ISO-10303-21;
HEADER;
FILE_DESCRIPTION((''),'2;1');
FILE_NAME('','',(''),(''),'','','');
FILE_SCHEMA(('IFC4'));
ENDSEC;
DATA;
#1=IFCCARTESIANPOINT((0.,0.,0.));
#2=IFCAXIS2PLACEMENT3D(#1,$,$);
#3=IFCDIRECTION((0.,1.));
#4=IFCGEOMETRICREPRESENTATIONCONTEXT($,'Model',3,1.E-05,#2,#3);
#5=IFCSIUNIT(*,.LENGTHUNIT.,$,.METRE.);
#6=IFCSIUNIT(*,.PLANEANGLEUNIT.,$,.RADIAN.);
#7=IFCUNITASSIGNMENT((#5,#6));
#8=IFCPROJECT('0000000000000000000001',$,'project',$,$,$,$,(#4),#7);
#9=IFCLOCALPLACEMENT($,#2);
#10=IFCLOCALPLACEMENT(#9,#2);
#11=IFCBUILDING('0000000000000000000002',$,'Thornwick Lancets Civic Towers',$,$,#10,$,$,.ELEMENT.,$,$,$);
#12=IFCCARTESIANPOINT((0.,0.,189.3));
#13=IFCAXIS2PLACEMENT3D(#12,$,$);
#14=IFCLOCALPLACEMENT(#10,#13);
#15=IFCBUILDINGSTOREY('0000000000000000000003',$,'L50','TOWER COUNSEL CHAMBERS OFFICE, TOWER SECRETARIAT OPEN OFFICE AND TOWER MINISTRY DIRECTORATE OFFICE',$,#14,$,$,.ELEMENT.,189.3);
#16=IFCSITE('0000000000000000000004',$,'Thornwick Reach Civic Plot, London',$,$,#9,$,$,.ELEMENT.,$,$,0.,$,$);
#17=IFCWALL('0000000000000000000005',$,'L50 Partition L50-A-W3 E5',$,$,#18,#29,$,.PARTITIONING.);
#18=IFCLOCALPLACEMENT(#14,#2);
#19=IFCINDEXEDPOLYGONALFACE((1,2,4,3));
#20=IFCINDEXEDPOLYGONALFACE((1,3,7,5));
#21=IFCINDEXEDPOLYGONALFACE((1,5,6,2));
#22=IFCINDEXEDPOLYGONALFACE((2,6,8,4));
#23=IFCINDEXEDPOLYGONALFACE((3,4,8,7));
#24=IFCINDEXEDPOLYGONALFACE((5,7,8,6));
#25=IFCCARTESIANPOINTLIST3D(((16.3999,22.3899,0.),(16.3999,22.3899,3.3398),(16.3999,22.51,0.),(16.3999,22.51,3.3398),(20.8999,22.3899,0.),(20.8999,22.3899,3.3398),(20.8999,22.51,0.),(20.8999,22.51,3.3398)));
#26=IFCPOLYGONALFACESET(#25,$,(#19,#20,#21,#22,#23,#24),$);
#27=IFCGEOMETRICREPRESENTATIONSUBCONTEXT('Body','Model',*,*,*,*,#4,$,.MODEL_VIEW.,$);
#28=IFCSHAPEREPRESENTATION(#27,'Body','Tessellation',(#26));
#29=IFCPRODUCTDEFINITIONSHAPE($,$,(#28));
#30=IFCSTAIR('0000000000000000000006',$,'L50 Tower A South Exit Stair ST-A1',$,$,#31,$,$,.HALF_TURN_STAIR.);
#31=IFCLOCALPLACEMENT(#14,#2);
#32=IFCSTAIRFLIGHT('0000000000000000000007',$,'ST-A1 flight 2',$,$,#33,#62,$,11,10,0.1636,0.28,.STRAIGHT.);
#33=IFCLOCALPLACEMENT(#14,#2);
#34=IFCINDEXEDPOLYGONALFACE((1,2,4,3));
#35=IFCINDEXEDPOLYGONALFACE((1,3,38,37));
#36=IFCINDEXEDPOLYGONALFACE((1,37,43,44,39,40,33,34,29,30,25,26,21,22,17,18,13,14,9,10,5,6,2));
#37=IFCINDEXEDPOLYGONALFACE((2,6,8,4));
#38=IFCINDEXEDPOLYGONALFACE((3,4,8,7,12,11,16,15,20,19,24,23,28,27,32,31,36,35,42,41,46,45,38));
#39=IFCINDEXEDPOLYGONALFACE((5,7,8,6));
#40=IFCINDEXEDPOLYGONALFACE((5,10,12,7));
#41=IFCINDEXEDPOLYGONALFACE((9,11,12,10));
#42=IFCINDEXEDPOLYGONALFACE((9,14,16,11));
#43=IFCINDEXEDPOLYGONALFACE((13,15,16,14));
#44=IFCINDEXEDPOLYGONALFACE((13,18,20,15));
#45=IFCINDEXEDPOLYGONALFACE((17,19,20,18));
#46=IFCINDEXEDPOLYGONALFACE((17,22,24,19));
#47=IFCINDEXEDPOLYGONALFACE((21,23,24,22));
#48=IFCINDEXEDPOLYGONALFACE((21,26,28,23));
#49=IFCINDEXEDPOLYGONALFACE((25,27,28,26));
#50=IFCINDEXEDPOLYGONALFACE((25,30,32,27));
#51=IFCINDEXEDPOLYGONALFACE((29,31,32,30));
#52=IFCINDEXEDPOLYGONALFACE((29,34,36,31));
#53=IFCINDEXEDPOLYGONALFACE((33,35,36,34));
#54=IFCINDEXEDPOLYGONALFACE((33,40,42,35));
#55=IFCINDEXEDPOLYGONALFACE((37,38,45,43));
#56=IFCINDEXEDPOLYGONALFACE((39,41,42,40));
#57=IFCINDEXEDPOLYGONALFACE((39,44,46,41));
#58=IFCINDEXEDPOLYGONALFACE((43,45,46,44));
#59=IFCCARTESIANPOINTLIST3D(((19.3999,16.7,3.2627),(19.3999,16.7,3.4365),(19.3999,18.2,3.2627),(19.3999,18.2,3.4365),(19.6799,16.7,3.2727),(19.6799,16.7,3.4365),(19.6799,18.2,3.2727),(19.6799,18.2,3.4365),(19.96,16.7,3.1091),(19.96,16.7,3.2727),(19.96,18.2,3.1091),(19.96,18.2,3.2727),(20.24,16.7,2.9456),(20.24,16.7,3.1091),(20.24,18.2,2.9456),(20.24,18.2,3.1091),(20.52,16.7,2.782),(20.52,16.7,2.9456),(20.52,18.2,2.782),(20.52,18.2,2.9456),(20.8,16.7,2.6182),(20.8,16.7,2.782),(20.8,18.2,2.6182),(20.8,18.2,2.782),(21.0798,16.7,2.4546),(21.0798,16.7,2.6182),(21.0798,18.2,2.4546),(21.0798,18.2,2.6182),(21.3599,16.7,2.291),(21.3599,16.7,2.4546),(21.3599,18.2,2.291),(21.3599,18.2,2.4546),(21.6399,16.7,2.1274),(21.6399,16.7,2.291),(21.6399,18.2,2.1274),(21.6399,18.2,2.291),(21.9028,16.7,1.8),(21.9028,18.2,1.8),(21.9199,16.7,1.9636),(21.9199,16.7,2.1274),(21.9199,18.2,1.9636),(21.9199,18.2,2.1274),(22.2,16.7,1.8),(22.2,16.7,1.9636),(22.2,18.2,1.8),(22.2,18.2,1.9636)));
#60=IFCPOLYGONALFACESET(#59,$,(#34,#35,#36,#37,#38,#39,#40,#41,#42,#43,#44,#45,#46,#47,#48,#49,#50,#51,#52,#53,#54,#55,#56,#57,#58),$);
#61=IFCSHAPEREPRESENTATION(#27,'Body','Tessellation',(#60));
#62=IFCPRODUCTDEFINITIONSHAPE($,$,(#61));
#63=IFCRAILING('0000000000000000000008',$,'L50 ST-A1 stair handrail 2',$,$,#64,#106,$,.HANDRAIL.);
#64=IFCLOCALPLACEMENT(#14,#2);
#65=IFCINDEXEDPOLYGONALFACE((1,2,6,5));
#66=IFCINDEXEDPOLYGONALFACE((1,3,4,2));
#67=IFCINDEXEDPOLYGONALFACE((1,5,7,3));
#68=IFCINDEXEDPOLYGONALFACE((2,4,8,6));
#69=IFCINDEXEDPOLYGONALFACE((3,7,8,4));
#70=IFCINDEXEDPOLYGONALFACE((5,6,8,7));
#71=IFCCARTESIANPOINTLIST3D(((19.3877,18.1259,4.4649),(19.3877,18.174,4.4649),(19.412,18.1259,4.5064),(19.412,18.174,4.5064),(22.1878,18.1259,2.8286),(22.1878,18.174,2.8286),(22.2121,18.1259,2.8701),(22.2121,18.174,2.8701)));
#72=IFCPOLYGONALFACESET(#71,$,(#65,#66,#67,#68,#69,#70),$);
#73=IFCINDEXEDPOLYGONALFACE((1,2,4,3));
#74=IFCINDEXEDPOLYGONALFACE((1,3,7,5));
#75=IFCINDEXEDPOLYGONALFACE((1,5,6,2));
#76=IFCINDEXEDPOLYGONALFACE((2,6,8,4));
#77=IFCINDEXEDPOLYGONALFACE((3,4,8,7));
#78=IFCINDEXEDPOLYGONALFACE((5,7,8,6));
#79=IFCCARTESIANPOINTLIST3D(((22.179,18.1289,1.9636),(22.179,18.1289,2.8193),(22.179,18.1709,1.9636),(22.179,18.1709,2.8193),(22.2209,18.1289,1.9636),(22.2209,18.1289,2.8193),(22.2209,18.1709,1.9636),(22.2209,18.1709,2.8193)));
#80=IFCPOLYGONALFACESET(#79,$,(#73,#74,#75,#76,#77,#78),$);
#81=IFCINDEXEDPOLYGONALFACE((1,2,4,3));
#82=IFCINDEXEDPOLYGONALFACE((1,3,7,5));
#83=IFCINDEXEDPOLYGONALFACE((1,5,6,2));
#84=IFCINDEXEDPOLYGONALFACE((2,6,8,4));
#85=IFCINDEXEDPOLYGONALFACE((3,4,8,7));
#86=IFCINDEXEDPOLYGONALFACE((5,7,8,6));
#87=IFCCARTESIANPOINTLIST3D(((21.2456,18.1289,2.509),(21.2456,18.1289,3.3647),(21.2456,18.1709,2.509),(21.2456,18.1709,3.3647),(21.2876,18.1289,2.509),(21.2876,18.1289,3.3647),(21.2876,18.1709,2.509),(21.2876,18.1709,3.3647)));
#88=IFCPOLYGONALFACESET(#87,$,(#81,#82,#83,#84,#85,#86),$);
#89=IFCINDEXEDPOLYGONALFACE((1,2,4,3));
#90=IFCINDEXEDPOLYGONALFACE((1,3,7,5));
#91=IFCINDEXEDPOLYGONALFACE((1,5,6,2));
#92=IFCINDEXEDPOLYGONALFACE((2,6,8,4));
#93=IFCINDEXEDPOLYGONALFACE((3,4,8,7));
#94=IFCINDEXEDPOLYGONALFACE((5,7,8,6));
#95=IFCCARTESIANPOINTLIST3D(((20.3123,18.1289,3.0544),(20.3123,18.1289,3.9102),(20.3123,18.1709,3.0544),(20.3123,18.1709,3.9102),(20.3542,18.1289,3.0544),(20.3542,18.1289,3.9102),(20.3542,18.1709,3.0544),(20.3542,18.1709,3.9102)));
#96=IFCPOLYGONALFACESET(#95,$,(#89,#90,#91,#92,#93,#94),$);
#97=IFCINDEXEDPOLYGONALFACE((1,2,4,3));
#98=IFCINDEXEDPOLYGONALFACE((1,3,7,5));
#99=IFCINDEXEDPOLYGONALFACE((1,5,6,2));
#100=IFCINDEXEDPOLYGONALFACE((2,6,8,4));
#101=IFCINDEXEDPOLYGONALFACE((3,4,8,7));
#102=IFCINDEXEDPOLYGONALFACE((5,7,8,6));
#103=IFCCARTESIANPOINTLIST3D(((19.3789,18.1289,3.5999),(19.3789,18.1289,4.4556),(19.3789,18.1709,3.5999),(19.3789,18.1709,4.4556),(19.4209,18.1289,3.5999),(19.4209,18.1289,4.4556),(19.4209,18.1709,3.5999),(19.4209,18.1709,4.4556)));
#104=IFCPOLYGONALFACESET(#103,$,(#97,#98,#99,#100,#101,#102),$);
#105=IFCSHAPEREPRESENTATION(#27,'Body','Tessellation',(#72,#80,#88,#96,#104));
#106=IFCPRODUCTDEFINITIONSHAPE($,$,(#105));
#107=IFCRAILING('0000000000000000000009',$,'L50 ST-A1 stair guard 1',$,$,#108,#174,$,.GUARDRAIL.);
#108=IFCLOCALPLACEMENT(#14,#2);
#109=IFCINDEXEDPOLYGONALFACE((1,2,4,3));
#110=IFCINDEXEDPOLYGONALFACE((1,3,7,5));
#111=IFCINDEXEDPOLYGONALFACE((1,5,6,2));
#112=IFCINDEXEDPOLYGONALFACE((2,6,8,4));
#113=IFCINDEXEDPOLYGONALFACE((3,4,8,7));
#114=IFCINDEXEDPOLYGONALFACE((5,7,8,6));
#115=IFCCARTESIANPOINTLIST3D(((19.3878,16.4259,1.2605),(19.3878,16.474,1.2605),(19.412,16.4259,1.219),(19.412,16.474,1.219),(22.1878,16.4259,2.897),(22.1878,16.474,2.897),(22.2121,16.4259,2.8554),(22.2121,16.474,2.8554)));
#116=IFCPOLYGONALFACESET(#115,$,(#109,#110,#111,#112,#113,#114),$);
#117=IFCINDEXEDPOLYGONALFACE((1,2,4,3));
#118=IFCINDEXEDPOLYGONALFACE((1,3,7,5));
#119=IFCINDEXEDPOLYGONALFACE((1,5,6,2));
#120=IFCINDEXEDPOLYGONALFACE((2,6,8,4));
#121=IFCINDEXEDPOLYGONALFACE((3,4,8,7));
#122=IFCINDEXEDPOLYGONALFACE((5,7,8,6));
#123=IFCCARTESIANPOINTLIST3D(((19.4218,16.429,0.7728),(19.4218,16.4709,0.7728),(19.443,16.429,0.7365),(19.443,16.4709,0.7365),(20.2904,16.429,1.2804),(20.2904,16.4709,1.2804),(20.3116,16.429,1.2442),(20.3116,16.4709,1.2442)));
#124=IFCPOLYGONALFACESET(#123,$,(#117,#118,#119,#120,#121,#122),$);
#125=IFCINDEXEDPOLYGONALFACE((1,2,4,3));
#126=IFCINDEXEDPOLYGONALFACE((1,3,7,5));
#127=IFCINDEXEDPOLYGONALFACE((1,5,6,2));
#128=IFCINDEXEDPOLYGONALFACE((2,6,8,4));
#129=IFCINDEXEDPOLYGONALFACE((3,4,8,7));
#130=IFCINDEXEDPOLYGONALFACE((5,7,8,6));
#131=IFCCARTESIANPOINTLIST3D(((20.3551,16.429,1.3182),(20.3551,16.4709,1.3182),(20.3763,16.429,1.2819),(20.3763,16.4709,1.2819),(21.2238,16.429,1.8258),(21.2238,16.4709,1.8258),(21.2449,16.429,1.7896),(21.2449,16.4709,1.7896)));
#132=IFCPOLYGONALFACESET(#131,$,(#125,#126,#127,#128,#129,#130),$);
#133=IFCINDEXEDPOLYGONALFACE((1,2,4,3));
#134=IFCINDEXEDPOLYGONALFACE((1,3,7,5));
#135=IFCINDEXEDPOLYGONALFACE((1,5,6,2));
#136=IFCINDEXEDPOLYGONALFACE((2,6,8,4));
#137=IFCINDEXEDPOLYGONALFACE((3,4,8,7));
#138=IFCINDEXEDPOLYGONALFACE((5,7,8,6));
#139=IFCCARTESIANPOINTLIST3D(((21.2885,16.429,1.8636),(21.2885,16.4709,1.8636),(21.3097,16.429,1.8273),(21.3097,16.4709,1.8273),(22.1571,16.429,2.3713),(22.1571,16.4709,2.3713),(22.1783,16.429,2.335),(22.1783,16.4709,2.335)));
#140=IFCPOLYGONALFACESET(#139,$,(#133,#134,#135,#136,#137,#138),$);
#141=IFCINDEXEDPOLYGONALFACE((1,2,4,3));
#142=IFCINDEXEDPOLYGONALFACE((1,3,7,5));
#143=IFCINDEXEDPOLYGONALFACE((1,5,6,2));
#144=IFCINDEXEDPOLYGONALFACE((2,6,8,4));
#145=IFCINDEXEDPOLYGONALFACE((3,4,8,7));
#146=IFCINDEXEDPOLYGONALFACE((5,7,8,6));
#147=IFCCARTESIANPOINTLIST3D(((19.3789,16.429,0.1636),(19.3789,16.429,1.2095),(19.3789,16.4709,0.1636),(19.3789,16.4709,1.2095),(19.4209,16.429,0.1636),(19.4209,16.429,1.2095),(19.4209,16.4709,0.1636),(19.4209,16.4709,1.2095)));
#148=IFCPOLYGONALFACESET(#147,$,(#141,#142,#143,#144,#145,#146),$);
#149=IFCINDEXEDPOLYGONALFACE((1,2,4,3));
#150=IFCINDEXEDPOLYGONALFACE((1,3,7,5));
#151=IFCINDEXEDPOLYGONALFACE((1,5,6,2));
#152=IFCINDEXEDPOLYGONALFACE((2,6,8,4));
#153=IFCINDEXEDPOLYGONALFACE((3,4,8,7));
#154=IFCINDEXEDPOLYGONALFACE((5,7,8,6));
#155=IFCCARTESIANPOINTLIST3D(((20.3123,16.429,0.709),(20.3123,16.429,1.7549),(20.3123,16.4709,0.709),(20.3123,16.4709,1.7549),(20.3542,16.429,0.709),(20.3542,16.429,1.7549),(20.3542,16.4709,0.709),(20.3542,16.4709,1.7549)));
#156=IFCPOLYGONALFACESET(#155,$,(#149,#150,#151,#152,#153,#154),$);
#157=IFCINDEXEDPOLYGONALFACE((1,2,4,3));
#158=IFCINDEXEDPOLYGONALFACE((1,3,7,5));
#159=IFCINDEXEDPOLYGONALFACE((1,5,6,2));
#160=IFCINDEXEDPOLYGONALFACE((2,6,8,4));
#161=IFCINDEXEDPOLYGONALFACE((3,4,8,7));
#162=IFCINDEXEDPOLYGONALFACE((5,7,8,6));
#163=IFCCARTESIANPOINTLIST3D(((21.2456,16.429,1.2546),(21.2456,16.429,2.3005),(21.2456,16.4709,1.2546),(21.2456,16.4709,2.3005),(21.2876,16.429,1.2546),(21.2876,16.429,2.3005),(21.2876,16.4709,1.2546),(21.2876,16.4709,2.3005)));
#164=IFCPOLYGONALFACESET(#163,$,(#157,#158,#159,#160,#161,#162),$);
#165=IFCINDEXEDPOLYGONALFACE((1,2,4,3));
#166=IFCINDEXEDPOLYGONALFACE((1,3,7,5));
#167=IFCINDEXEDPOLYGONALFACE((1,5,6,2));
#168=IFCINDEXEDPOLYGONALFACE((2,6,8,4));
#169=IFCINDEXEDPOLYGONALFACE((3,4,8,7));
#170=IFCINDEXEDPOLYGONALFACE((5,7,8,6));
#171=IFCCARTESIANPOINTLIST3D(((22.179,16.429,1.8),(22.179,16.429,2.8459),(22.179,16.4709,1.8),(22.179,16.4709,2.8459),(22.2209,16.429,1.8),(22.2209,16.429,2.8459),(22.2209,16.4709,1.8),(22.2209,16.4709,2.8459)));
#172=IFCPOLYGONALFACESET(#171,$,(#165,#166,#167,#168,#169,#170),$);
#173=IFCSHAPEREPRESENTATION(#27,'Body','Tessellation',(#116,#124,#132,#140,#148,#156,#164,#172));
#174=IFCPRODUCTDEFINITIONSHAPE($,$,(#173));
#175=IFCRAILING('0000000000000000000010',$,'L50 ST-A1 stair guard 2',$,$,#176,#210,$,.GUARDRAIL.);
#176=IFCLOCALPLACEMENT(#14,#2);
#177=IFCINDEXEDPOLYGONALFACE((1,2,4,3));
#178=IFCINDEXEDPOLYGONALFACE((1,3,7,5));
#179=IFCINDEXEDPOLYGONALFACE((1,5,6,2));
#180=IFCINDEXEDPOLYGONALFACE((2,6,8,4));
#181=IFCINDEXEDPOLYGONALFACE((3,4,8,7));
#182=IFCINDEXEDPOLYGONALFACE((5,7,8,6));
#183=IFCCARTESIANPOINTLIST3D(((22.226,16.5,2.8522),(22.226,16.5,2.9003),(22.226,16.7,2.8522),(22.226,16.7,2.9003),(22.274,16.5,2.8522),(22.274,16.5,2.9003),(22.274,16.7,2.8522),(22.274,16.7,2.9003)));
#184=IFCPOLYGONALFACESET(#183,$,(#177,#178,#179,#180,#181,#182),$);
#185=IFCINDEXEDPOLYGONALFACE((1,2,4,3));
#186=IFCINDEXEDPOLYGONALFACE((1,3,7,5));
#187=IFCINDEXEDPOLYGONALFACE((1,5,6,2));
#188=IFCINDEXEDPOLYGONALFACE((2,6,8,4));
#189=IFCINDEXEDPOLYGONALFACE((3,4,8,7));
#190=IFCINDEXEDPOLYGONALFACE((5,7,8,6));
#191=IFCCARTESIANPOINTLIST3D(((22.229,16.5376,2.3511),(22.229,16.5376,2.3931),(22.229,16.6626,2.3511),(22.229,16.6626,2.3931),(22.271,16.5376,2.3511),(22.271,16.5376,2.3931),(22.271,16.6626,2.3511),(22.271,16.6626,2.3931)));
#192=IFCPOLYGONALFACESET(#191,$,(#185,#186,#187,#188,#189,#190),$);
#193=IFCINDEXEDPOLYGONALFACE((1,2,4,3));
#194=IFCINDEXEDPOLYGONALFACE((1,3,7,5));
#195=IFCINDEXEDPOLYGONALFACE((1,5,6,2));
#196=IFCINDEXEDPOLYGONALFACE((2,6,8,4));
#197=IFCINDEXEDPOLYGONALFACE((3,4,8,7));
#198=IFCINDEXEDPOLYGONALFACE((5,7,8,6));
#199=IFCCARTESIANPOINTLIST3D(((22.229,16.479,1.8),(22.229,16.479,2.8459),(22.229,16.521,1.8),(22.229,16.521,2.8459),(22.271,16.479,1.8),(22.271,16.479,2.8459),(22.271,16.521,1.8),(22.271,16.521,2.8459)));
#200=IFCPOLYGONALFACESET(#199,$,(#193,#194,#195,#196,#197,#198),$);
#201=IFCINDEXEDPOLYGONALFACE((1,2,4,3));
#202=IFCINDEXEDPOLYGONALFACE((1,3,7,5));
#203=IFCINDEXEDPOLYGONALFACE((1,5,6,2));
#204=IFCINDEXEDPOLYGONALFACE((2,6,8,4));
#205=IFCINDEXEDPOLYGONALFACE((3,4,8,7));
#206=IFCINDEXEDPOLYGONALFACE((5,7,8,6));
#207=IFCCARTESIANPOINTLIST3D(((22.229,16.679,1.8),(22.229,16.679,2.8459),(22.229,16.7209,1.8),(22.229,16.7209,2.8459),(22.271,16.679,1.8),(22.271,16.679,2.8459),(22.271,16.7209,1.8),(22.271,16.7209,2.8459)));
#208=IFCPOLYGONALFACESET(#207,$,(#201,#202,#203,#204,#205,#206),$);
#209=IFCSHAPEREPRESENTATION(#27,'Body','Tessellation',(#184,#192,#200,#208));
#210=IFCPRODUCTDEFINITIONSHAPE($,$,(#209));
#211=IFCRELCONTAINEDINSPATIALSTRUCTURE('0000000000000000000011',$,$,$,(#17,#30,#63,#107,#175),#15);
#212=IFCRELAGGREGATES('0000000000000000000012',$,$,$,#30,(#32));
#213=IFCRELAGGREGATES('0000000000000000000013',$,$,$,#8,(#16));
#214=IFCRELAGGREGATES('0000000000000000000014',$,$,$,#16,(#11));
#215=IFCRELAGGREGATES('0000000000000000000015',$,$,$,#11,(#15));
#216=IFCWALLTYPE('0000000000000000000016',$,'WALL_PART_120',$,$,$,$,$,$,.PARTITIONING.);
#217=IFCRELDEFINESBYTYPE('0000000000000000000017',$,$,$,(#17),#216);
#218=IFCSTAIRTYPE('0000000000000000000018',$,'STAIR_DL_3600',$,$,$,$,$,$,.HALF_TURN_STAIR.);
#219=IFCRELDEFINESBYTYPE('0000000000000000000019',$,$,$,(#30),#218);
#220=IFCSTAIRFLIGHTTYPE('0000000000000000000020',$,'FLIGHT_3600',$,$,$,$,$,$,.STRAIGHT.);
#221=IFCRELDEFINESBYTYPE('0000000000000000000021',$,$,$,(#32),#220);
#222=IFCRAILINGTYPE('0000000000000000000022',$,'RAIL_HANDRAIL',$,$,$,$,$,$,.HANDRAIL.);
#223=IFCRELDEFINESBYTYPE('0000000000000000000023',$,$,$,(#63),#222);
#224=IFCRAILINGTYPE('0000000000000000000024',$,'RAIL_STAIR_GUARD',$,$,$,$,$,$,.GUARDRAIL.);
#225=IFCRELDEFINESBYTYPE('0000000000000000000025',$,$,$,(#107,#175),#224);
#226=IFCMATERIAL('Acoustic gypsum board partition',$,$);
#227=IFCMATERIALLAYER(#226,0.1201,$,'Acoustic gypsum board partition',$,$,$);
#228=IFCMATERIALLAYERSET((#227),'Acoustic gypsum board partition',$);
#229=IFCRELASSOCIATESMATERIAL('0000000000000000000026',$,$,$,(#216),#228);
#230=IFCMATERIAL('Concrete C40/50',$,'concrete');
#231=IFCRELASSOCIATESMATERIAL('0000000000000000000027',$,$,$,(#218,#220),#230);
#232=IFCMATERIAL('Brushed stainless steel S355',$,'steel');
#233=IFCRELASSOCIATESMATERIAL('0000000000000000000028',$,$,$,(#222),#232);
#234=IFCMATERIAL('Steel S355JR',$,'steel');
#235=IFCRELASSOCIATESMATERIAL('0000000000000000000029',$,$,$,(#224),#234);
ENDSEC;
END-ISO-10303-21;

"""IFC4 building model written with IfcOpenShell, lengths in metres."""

from ifc_helpers import new_model, si_unit, direction, frame, frame_2d, origin, origin_2d, place, context, subcontext, project, spatial, polyline, rectangle, outline, extrude, material, layer, layer_set, type_object, element, aggregate, save


model = new_model("IFC4")

# Units and contexts
model_context = context("Model", 3, precision=1e-05, world=origin(), true_north=direction((0.0, 1.0)))
body_context = subcontext(model_context, "Body", "Model", "MODEL_VIEW")
ifc_project = project(units=[si_unit("LENGTHUNIT", "METRE"), si_unit("PLANEANGLEUNIT", "RADIAN")], contexts=[model_context])

# Site, building, storey
site_placement = place(None, origin())
site = spatial("IfcSite", under=ifc_project, at=site_placement, Name="Thornwick Reach Civic Plot, London", CompositionType="ELEMENT", RefElevation=0.0)
building_placement = place(site_placement, origin())
building = spatial("IfcBuilding", under=site, at=building_placement, Name="Thornwick Lancets Civic Towers", CompositionType="ELEMENT")
storey_placement = place(building_placement, frame((0.0, 0.0, 189.3)))
storey = spatial("IfcBuildingStorey", under=building, at=storey_placement, Name="L50", Description="TOWER COUNSEL CHAMBERS OFFICE, TOWER SECRETARIAT OPEN OFFICE AND TOWER MINISTRY DIRECTORATE OFFICE", CompositionType="ELEMENT", Elevation=189.3)

# Shared definitions
ifc_material_1 = material(Name="Steel S355JR", Category="steel")

# Shared definitions
ifc_material_2 = material(Name="Acoustic gypsum board partition")
ifc_layer_1 = layer(ifc_material_2, 0.1201, Name="Acoustic gypsum board partition")
ifc_layer_set_1 = layer_set([ifc_layer_1], Name="Acoustic gypsum board partition")
wall_type_1 = type_object("IfcWallType", Name="WALL_PART_120", PredefinedType="PARTITIONING", material=ifc_layer_set_1)

# Wall
wall_1_placement = place(storey_placement, frame((20.8999, 22.45, 0.0), z_axis=(0.0, 0.0, 1.0), x_axis=(-1.0, 0.0, 0.0)))
element("IfcWall", 1, at=wall_1_placement, inside=storey, type_object=wall_type_1, Name="L50 Partition L50-A-W3 E5", PredefinedType="PARTITIONING", context=body_context, shape_type="SweptSolid", body=[
    extrude(rectangle(XDim=4.5, YDim=0.1201, at=frame_2d((2.25, 0.0))), origin(), (0.0, 0.0, 1.0), 3.3398),
])

# Stair, stair flight
ifc_material_3 = material(Name="Concrete C40/50", Category="concrete")
stair_type = type_object("IfcStairType", Name="STAIR_DL_3600", PredefinedType="HALF_TURN_STAIR", material=ifc_material_3)
stair_placement = place(storey_placement, origin())
stair = element("IfcStair", 2, at=stair_placement, inside=storey, type_object=stair_type, Name="L50 Tower A South Exit Stair ST-A1", PredefinedType="HALF_TURN_STAIR")
stair_flight_type = type_object("IfcStairFlightType", Name="FLIGHT_3600", PredefinedType="STRAIGHT", material=ifc_material_3)
stair_flight_placement = place(storey_placement, frame((22.2, 17.45, 1.8), z_axis=(0.0, 0.0, 1.0), x_axis=(-1.0, 0.0, 0.0)))
stair_flight = element("IfcStairFlight", 3, at=stair_flight_placement, type_object=stair_flight_type, Name="ST-A1 flight 2", NumberOfRisers=11, NumberOfTreads=10, PredefinedType="STRAIGHT", RiserHeight=0.1636, TreadLength=0.28, context=body_context, shape_type="SweptSolid", body=[
    extrude(outline(polyline([(0.0, 0.0), (0.0, 0.1636), (0.28, 0.1636), (0.28, 0.3274), (0.5601, 0.3274), (0.5601, 0.491), (0.8401, 0.491), (0.8401, 0.6545), (1.1201, 0.6545), (1.1201, 0.8181), (1.3999, 0.8181), (1.3999, 0.9819), (1.6799, 0.9819), (1.6799, 1.1455), (1.96, 1.1455), (1.96, 1.3091), (2.24, 1.3091), (2.24, 1.4727), (2.52, 1.4727), (2.52, 1.6365), (2.8, 1.6365), (2.8, 1.8), (2.8, 1.4626), (0.2971, 0.0), (0.0, 0.0)])), frame((0.0, 0.75, 0.0), z_axis=(0.0, -1.0, 0.0), x_axis=(1.0, 0.0, 0.0)), (0.0, 0.0, 1.0), 1.5),
])
aggregate(stair, [stair_flight])

# Railings
ifc_material_4 = material(Name="Brushed stainless steel S355", Category="steel")
railing_type_1 = type_object("IfcRailingType", Name="RAIL_HANDRAIL", PredefinedType="HANDRAIL", material=ifc_material_4)
railing_1_placement = place(storey_placement, frame((22.2, 18.1499, 1.9636)))
element("IfcRailing", 4, at=railing_1_placement, inside=storey, type_object=railing_type_1, Name="L50 ST-A1 stair handrail 2", PredefinedType="HANDRAIL", context=body_context, shape_type="SweptSolid", body=[
    extrude(rectangle(XDim=0.0481, YDim=0.0481, at=origin_2d()), frame((0.0, 0.0, 0.8857), z_axis=(-0.863394, 0.0, 0.504531), x_axis=(0.0, -1.0, 0.0)), (0.0, 0.0, 1.0), 3.2432),
    extrude(rectangle(XDim=0.042, YDim=0.042, at=origin_2d()), origin(), (0.0, 0.0, 1.0), 0.8557),
    extrude(rectangle(XDim=0.042, YDim=0.042, at=origin_2d()), frame((-0.9333, 0.0, 0.5454)), (0.0, 0.0, 1.0), 0.8557),
    extrude(rectangle(XDim=0.042, YDim=0.042, at=origin_2d()), frame((-1.8667, 0.0, 1.0908)), (0.0, 0.0, 1.0), 0.8557),
    extrude(rectangle(XDim=0.042, YDim=0.042, at=origin_2d()), frame((-2.8, 0.0, 1.6362)), (0.0, 0.0, 1.0), 0.8557),
])
railing_type_2 = type_object("IfcRailingType", Name="RAIL_STAIR_GUARD", PredefinedType="GUARDRAIL", material=ifc_material_1)
railing_2_placement = place(storey_placement, frame((19.3999, 16.45, 0.1636)))
element("IfcRailing", 5, at=railing_2_placement, inside=storey, type_object=railing_type_2, Name="L50 ST-A1 stair guard 1", PredefinedType="GUARDRAIL", context=body_context, shape_type="SweptSolid", body=[
    extrude(rectangle(XDim=0.0481, YDim=0.0481, at=origin_2d()), frame((0.0, 0.0, 1.0762), z_axis=(0.863361, 0.0, 0.504587), x_axis=(0.0, 1.0, 0.0)), (0.0, 0.0, 1.0), 3.2432),
    extrude(rectangle(XDim=0.042, YDim=0.042, at=origin_2d()), frame((0.0325, 0.0, 0.5911), z_axis=(0.863361, 0.0, 0.504587), x_axis=(0.0, 1.0, 0.0)), (0.0, 0.0, 1.0), 1.0061),
    extrude(rectangle(XDim=0.042, YDim=0.042, at=origin_2d()), frame((0.9658, 0.0, 1.1365), z_axis=(0.863361, 0.0, 0.504587), x_axis=(0.0, 1.0, 0.0)), (0.0, 0.0, 1.0), 1.0061),
    extrude(rectangle(XDim=0.042, YDim=0.042, at=origin_2d()), frame((1.8992, 0.0, 1.6819), z_axis=(0.863361, 0.0, 0.504587), x_axis=(0.0, 1.0, 0.0)), (0.0, 0.0, 1.0), 1.0061),
    extrude(rectangle(XDim=0.042, YDim=0.042, at=origin_2d()), origin(), (0.0, 0.0, 1.0), 1.0459),
    extrude(rectangle(XDim=0.042, YDim=0.042, at=origin_2d()), frame((0.9333, 0.0, 0.5454)), (0.0, 0.0, 1.0), 1.0459),
    extrude(rectangle(XDim=0.042, YDim=0.042, at=origin_2d()), frame((1.8667, 0.0, 1.0911)), (0.0, 0.0, 1.0), 1.0459),
    extrude(rectangle(XDim=0.042, YDim=0.042, at=origin_2d()), frame((2.8, 0.0, 1.6365)), (0.0, 0.0, 1.0), 1.0459),
])
railing_3_placement = place(storey_placement, frame((22.25, 16.5, 1.8)))
element("IfcRailing", 6, at=railing_3_placement, inside=storey, type_object=railing_type_2, Name="L50 ST-A1 stair guard 2", PredefinedType="GUARDRAIL", context=body_context, shape_type="SweptSolid", body=[
    extrude(rectangle(XDim=0.0481, YDim=0.0481, at=origin_2d()), frame((0.0, 0.0, 1.0762), z_axis=(0.0, 1.0, 0.0), x_axis=(-1.0, 0.0, 0.0)), (0.0, 0.0, 1.0), 0.2),
    extrude(rectangle(XDim=0.042, YDim=0.042, at=origin_2d()), frame((0.0, 0.0376, 0.572), z_axis=(0.0, 1.0, 0.0), x_axis=(-1.0, 0.0, 0.0)), (0.0, 0.0, 1.0), 0.125),
    extrude(rectangle(XDim=0.042, YDim=0.042, at=origin_2d()), origin(), (0.0, 0.0, 1.0), 1.0459),
    extrude(rectangle(XDim=0.042, YDim=0.042, at=origin_2d()), frame((0.0, 0.2, 0.0)), (0.0, 0.0, 1.0), 1.0459),
])

save(model, "model.ifc")
